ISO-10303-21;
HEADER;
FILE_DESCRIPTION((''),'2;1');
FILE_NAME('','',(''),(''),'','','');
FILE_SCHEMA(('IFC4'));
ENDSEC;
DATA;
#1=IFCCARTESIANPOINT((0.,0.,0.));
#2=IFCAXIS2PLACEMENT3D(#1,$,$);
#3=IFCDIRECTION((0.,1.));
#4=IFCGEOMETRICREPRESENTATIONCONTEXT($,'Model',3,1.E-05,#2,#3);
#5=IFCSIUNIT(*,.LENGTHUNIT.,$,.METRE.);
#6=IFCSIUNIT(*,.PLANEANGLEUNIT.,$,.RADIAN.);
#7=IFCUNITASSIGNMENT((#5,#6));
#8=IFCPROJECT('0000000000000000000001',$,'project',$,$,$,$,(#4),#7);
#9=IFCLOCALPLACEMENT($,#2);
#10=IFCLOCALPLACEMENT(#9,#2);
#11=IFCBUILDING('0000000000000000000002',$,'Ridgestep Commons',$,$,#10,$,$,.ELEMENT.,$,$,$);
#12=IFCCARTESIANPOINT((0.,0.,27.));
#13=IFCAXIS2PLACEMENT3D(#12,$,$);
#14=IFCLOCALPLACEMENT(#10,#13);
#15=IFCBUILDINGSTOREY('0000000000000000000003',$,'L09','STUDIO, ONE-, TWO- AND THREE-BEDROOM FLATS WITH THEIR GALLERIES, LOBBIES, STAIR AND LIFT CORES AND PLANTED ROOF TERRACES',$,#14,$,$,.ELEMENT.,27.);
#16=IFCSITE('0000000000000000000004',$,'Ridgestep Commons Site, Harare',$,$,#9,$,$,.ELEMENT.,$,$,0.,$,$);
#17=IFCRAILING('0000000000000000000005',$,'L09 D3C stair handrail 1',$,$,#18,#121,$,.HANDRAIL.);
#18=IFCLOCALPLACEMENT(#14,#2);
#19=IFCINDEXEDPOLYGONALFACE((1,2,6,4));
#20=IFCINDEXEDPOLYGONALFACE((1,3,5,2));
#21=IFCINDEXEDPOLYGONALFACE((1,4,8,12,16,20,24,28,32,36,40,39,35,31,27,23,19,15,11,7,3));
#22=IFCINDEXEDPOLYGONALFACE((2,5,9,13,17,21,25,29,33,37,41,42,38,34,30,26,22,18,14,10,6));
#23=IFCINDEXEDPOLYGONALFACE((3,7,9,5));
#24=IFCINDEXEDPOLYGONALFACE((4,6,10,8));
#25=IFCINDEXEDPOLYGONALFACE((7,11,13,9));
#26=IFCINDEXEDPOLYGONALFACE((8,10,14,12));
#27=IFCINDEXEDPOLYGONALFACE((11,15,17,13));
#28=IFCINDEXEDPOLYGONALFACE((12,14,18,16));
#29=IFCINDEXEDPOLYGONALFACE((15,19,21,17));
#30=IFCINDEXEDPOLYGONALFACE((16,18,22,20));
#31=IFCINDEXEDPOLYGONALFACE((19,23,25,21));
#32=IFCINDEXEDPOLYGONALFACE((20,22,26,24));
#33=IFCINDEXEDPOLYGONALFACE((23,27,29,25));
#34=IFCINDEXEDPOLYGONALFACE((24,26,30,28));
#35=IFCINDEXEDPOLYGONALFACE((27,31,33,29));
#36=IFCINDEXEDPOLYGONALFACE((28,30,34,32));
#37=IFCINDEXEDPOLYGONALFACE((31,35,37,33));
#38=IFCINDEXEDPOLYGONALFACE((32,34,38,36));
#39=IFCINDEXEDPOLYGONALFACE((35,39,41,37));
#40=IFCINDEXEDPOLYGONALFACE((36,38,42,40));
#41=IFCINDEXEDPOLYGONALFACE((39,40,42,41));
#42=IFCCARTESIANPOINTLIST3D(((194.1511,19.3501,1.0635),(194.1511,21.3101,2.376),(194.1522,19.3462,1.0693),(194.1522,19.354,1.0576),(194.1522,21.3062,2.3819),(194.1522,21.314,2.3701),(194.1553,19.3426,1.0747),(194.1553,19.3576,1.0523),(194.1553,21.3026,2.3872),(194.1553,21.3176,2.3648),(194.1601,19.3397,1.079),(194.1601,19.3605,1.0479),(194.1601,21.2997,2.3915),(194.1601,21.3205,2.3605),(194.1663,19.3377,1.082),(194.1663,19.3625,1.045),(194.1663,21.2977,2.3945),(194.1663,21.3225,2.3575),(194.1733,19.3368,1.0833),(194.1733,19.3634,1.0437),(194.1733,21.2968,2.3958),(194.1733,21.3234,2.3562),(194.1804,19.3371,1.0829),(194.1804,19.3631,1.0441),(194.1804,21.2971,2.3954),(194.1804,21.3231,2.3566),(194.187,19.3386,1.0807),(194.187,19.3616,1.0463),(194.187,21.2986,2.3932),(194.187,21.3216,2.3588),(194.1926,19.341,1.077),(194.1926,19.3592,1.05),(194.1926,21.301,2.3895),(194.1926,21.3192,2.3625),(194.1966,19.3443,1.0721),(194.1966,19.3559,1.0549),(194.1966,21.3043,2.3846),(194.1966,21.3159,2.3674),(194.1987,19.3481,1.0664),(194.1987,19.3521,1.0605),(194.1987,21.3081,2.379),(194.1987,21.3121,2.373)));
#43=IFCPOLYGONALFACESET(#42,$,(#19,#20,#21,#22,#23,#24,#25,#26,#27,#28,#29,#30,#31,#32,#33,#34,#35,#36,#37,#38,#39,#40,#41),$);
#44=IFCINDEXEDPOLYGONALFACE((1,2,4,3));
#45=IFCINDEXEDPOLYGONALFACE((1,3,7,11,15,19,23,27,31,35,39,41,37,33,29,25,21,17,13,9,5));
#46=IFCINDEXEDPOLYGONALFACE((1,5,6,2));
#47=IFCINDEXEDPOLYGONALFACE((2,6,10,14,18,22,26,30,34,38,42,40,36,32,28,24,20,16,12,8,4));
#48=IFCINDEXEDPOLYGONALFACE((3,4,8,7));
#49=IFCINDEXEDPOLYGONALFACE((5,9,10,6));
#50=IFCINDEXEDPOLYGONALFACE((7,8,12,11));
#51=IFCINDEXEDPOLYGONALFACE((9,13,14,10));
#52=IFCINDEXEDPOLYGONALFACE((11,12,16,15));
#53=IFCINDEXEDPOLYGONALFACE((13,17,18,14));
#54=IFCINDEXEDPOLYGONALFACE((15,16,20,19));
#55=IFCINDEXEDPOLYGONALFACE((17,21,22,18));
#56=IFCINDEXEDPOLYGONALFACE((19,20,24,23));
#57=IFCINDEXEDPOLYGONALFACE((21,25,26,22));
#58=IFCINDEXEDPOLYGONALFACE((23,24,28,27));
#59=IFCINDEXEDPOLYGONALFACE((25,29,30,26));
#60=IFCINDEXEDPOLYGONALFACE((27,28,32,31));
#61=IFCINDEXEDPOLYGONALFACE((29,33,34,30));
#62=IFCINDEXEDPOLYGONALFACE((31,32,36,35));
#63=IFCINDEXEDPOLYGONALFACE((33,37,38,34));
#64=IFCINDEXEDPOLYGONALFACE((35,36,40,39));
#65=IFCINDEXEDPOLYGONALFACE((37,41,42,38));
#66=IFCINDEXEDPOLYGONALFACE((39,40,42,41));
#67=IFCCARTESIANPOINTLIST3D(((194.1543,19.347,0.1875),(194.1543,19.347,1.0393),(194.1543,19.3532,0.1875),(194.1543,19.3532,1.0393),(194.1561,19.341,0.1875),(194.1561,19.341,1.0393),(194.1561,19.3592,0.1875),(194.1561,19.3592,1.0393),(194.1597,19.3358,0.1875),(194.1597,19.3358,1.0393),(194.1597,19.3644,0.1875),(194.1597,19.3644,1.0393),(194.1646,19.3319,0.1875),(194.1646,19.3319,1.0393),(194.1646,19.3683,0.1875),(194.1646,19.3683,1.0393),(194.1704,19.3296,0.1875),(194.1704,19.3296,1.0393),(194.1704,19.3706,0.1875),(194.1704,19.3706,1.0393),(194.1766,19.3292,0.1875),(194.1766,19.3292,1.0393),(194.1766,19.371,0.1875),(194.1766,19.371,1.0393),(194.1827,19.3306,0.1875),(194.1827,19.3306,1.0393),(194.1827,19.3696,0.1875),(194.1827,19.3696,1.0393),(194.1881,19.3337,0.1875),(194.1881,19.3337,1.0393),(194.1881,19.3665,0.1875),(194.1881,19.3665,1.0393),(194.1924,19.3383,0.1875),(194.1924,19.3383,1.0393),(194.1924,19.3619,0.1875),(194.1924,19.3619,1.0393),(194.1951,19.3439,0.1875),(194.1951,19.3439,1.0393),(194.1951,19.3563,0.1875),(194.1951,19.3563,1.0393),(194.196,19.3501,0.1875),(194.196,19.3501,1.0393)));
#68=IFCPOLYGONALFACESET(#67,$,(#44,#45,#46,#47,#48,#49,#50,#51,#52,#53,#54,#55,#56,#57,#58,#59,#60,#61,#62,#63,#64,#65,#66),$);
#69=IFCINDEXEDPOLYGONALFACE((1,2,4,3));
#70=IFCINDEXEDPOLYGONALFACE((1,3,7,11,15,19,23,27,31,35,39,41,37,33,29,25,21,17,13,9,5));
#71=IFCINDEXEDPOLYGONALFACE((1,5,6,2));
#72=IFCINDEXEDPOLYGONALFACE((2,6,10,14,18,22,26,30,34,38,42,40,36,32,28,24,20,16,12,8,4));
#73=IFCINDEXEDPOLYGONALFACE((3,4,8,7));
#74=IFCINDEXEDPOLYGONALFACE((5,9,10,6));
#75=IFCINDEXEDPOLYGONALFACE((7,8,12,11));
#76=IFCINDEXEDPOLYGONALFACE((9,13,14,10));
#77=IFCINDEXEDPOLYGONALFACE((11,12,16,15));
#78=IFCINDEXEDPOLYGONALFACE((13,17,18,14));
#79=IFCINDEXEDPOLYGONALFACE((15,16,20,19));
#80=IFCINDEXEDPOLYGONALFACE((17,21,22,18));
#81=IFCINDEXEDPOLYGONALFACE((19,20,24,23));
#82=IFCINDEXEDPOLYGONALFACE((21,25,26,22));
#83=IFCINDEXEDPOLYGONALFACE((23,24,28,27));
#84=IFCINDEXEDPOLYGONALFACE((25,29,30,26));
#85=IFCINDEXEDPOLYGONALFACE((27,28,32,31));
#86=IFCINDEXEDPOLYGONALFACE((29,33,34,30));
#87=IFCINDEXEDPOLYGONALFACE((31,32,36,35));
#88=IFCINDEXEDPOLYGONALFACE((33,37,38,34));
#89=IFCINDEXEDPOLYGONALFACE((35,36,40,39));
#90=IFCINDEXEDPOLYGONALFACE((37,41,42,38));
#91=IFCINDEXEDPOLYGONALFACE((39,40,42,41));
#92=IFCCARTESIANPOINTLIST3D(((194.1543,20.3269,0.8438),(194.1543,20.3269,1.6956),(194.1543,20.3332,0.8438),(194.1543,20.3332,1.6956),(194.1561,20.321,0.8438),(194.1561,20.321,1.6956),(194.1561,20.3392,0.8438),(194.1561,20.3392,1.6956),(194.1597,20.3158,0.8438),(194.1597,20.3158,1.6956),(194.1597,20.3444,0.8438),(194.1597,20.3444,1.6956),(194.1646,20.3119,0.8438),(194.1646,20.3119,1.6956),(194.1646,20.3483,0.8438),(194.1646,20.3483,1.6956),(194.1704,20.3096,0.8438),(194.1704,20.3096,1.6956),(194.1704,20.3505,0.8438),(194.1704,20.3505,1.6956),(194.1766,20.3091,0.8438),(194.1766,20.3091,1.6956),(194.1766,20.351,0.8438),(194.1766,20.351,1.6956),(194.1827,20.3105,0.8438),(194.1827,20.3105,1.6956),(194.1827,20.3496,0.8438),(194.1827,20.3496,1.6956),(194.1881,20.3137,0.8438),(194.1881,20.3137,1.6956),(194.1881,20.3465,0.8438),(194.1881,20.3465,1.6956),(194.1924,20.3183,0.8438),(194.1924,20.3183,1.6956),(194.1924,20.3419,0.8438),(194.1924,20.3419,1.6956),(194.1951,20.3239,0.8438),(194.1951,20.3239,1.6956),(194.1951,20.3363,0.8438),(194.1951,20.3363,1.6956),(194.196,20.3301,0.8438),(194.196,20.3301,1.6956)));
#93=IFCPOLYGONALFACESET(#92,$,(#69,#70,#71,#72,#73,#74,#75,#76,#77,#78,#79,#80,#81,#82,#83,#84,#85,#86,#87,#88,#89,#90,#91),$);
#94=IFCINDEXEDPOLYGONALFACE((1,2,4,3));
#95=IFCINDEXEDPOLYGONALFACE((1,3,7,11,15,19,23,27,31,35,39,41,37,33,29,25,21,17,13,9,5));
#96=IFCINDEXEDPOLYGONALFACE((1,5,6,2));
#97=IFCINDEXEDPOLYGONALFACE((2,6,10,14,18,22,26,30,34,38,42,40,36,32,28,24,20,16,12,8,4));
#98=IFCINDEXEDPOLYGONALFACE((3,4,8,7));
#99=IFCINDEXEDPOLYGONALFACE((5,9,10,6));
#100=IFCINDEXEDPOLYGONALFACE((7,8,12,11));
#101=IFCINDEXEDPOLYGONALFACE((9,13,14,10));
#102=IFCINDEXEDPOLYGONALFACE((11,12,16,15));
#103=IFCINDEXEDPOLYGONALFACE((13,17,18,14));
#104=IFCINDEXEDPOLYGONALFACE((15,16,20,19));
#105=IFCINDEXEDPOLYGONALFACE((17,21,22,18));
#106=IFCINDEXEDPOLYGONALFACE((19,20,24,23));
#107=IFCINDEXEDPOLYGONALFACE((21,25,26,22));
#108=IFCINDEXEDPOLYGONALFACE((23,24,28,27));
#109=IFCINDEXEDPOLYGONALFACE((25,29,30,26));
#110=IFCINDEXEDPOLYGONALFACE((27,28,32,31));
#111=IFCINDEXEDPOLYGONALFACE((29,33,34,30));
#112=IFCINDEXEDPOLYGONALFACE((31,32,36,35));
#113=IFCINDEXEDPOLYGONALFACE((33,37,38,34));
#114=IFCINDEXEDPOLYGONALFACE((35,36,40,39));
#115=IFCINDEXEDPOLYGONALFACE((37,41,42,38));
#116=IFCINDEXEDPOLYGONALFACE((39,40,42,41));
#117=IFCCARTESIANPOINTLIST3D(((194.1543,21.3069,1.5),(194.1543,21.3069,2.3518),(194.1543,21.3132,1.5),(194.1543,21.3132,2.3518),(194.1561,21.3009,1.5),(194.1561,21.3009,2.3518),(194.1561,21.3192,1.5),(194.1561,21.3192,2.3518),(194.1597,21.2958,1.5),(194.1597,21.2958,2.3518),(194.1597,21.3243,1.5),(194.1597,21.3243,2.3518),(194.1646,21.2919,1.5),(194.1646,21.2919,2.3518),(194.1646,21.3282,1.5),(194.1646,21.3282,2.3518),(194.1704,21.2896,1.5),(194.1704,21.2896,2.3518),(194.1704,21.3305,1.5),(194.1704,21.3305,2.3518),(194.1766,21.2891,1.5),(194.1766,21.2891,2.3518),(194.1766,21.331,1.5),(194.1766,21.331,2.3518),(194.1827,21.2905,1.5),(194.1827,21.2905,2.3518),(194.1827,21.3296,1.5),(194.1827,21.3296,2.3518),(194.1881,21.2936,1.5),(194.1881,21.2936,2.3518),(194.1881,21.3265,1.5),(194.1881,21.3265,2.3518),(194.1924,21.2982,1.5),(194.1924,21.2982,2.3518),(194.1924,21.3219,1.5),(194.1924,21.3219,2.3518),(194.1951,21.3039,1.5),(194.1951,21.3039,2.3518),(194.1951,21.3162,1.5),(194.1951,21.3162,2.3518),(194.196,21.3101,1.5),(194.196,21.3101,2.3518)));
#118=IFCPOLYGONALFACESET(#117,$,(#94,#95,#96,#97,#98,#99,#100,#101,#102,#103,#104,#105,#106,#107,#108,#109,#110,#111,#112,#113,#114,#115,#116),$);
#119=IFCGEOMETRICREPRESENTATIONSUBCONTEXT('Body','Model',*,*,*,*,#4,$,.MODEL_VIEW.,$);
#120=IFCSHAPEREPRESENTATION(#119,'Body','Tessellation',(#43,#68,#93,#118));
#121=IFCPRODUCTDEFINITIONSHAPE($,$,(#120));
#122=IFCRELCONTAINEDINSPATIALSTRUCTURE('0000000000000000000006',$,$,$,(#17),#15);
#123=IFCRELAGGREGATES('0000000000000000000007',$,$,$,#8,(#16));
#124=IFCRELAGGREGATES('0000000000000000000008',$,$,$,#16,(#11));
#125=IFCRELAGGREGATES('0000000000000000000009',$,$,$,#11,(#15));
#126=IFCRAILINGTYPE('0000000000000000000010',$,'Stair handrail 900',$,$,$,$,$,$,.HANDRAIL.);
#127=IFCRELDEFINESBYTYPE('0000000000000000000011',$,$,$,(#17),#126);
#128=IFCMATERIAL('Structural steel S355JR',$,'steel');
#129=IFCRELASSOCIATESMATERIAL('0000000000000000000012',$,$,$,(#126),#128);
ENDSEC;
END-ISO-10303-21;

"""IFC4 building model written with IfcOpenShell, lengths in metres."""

from ifc_helpers import new_model, si_unit, direction, frame, origin, origin_2d, place, context, subcontext, project, spatial, circle, extrude, material, type_object, element, save


model = new_model("IFC4")

# Units and contexts
model_context = context("Model", 3, precision=1e-05, world=origin(), true_north=direction((0.0, 1.0)))
body_context = subcontext(model_context, "Body", "Model", "MODEL_VIEW")
ifc_project = project(units=[si_unit("LENGTHUNIT", "METRE"), si_unit("PLANEANGLEUNIT", "RADIAN")], contexts=[model_context])

# Site, building, storey
site_placement = place(None, origin())
site = spatial("IfcSite", under=ifc_project, at=site_placement, Name="Ridgestep Commons Site, Harare", CompositionType="ELEMENT", RefElevation=0.0)
building_placement = place(site_placement, origin())
building = spatial("IfcBuilding", under=site, at=building_placement, Name="Ridgestep Commons", CompositionType="ELEMENT")
storey_placement = place(building_placement, frame((0.0, 0.0, 27.0)))
storey = spatial("IfcBuildingStorey", under=building, at=storey_placement, Name="L09", Description="STUDIO, ONE-, TWO- AND THREE-BEDROOM FLATS WITH THEIR GALLERIES, LOBBIES, STAIR AND LIFT CORES AND PLANTED ROOF TERRACES", CompositionType="ELEMENT", Elevation=27.0)

# Railing
ifc_material_1 = material(Name="Structural steel S355JR", Category="steel")
railing_type_1 = type_object("IfcRailingType", Name="Stair handrail 900", PredefinedType="HANDRAIL", material=ifc_material_1)
railing_1_placement = place(storey_placement, frame((194.175, 19.3501, 0.1875)))
element("IfcRailing", 1, at=railing_1_placement, inside=storey, type_object=railing_type_1, Name="L09 D3C stair handrail 1", PredefinedType="HANDRAIL", context=body_context, shape_type="SweptSolid", body=[
    extrude(circle(Radius=0.0239, at=origin_2d()), frame((0.0, 0.0, 0.876), z_axis=(0.0, 0.830902, 0.556419), x_axis=(-1.0, 0.0, 0.0)), (0.0, 0.0, 1.0), 2.3589),
    extrude(circle(Radius=0.021, at=origin_2d()), origin(), (0.0, 0.0, 1.0), 0.8518),
    extrude(circle(Radius=0.021, at=origin_2d()), frame((0.0, 0.98, 0.6562)), (0.0, 0.0, 1.0), 0.8518),
    extrude(circle(Radius=0.021, at=origin_2d()), frame((0.0, 1.96, 1.3125)), (0.0, 0.0, 1.0), 0.8518),
])

save(model, "model.ifc")
